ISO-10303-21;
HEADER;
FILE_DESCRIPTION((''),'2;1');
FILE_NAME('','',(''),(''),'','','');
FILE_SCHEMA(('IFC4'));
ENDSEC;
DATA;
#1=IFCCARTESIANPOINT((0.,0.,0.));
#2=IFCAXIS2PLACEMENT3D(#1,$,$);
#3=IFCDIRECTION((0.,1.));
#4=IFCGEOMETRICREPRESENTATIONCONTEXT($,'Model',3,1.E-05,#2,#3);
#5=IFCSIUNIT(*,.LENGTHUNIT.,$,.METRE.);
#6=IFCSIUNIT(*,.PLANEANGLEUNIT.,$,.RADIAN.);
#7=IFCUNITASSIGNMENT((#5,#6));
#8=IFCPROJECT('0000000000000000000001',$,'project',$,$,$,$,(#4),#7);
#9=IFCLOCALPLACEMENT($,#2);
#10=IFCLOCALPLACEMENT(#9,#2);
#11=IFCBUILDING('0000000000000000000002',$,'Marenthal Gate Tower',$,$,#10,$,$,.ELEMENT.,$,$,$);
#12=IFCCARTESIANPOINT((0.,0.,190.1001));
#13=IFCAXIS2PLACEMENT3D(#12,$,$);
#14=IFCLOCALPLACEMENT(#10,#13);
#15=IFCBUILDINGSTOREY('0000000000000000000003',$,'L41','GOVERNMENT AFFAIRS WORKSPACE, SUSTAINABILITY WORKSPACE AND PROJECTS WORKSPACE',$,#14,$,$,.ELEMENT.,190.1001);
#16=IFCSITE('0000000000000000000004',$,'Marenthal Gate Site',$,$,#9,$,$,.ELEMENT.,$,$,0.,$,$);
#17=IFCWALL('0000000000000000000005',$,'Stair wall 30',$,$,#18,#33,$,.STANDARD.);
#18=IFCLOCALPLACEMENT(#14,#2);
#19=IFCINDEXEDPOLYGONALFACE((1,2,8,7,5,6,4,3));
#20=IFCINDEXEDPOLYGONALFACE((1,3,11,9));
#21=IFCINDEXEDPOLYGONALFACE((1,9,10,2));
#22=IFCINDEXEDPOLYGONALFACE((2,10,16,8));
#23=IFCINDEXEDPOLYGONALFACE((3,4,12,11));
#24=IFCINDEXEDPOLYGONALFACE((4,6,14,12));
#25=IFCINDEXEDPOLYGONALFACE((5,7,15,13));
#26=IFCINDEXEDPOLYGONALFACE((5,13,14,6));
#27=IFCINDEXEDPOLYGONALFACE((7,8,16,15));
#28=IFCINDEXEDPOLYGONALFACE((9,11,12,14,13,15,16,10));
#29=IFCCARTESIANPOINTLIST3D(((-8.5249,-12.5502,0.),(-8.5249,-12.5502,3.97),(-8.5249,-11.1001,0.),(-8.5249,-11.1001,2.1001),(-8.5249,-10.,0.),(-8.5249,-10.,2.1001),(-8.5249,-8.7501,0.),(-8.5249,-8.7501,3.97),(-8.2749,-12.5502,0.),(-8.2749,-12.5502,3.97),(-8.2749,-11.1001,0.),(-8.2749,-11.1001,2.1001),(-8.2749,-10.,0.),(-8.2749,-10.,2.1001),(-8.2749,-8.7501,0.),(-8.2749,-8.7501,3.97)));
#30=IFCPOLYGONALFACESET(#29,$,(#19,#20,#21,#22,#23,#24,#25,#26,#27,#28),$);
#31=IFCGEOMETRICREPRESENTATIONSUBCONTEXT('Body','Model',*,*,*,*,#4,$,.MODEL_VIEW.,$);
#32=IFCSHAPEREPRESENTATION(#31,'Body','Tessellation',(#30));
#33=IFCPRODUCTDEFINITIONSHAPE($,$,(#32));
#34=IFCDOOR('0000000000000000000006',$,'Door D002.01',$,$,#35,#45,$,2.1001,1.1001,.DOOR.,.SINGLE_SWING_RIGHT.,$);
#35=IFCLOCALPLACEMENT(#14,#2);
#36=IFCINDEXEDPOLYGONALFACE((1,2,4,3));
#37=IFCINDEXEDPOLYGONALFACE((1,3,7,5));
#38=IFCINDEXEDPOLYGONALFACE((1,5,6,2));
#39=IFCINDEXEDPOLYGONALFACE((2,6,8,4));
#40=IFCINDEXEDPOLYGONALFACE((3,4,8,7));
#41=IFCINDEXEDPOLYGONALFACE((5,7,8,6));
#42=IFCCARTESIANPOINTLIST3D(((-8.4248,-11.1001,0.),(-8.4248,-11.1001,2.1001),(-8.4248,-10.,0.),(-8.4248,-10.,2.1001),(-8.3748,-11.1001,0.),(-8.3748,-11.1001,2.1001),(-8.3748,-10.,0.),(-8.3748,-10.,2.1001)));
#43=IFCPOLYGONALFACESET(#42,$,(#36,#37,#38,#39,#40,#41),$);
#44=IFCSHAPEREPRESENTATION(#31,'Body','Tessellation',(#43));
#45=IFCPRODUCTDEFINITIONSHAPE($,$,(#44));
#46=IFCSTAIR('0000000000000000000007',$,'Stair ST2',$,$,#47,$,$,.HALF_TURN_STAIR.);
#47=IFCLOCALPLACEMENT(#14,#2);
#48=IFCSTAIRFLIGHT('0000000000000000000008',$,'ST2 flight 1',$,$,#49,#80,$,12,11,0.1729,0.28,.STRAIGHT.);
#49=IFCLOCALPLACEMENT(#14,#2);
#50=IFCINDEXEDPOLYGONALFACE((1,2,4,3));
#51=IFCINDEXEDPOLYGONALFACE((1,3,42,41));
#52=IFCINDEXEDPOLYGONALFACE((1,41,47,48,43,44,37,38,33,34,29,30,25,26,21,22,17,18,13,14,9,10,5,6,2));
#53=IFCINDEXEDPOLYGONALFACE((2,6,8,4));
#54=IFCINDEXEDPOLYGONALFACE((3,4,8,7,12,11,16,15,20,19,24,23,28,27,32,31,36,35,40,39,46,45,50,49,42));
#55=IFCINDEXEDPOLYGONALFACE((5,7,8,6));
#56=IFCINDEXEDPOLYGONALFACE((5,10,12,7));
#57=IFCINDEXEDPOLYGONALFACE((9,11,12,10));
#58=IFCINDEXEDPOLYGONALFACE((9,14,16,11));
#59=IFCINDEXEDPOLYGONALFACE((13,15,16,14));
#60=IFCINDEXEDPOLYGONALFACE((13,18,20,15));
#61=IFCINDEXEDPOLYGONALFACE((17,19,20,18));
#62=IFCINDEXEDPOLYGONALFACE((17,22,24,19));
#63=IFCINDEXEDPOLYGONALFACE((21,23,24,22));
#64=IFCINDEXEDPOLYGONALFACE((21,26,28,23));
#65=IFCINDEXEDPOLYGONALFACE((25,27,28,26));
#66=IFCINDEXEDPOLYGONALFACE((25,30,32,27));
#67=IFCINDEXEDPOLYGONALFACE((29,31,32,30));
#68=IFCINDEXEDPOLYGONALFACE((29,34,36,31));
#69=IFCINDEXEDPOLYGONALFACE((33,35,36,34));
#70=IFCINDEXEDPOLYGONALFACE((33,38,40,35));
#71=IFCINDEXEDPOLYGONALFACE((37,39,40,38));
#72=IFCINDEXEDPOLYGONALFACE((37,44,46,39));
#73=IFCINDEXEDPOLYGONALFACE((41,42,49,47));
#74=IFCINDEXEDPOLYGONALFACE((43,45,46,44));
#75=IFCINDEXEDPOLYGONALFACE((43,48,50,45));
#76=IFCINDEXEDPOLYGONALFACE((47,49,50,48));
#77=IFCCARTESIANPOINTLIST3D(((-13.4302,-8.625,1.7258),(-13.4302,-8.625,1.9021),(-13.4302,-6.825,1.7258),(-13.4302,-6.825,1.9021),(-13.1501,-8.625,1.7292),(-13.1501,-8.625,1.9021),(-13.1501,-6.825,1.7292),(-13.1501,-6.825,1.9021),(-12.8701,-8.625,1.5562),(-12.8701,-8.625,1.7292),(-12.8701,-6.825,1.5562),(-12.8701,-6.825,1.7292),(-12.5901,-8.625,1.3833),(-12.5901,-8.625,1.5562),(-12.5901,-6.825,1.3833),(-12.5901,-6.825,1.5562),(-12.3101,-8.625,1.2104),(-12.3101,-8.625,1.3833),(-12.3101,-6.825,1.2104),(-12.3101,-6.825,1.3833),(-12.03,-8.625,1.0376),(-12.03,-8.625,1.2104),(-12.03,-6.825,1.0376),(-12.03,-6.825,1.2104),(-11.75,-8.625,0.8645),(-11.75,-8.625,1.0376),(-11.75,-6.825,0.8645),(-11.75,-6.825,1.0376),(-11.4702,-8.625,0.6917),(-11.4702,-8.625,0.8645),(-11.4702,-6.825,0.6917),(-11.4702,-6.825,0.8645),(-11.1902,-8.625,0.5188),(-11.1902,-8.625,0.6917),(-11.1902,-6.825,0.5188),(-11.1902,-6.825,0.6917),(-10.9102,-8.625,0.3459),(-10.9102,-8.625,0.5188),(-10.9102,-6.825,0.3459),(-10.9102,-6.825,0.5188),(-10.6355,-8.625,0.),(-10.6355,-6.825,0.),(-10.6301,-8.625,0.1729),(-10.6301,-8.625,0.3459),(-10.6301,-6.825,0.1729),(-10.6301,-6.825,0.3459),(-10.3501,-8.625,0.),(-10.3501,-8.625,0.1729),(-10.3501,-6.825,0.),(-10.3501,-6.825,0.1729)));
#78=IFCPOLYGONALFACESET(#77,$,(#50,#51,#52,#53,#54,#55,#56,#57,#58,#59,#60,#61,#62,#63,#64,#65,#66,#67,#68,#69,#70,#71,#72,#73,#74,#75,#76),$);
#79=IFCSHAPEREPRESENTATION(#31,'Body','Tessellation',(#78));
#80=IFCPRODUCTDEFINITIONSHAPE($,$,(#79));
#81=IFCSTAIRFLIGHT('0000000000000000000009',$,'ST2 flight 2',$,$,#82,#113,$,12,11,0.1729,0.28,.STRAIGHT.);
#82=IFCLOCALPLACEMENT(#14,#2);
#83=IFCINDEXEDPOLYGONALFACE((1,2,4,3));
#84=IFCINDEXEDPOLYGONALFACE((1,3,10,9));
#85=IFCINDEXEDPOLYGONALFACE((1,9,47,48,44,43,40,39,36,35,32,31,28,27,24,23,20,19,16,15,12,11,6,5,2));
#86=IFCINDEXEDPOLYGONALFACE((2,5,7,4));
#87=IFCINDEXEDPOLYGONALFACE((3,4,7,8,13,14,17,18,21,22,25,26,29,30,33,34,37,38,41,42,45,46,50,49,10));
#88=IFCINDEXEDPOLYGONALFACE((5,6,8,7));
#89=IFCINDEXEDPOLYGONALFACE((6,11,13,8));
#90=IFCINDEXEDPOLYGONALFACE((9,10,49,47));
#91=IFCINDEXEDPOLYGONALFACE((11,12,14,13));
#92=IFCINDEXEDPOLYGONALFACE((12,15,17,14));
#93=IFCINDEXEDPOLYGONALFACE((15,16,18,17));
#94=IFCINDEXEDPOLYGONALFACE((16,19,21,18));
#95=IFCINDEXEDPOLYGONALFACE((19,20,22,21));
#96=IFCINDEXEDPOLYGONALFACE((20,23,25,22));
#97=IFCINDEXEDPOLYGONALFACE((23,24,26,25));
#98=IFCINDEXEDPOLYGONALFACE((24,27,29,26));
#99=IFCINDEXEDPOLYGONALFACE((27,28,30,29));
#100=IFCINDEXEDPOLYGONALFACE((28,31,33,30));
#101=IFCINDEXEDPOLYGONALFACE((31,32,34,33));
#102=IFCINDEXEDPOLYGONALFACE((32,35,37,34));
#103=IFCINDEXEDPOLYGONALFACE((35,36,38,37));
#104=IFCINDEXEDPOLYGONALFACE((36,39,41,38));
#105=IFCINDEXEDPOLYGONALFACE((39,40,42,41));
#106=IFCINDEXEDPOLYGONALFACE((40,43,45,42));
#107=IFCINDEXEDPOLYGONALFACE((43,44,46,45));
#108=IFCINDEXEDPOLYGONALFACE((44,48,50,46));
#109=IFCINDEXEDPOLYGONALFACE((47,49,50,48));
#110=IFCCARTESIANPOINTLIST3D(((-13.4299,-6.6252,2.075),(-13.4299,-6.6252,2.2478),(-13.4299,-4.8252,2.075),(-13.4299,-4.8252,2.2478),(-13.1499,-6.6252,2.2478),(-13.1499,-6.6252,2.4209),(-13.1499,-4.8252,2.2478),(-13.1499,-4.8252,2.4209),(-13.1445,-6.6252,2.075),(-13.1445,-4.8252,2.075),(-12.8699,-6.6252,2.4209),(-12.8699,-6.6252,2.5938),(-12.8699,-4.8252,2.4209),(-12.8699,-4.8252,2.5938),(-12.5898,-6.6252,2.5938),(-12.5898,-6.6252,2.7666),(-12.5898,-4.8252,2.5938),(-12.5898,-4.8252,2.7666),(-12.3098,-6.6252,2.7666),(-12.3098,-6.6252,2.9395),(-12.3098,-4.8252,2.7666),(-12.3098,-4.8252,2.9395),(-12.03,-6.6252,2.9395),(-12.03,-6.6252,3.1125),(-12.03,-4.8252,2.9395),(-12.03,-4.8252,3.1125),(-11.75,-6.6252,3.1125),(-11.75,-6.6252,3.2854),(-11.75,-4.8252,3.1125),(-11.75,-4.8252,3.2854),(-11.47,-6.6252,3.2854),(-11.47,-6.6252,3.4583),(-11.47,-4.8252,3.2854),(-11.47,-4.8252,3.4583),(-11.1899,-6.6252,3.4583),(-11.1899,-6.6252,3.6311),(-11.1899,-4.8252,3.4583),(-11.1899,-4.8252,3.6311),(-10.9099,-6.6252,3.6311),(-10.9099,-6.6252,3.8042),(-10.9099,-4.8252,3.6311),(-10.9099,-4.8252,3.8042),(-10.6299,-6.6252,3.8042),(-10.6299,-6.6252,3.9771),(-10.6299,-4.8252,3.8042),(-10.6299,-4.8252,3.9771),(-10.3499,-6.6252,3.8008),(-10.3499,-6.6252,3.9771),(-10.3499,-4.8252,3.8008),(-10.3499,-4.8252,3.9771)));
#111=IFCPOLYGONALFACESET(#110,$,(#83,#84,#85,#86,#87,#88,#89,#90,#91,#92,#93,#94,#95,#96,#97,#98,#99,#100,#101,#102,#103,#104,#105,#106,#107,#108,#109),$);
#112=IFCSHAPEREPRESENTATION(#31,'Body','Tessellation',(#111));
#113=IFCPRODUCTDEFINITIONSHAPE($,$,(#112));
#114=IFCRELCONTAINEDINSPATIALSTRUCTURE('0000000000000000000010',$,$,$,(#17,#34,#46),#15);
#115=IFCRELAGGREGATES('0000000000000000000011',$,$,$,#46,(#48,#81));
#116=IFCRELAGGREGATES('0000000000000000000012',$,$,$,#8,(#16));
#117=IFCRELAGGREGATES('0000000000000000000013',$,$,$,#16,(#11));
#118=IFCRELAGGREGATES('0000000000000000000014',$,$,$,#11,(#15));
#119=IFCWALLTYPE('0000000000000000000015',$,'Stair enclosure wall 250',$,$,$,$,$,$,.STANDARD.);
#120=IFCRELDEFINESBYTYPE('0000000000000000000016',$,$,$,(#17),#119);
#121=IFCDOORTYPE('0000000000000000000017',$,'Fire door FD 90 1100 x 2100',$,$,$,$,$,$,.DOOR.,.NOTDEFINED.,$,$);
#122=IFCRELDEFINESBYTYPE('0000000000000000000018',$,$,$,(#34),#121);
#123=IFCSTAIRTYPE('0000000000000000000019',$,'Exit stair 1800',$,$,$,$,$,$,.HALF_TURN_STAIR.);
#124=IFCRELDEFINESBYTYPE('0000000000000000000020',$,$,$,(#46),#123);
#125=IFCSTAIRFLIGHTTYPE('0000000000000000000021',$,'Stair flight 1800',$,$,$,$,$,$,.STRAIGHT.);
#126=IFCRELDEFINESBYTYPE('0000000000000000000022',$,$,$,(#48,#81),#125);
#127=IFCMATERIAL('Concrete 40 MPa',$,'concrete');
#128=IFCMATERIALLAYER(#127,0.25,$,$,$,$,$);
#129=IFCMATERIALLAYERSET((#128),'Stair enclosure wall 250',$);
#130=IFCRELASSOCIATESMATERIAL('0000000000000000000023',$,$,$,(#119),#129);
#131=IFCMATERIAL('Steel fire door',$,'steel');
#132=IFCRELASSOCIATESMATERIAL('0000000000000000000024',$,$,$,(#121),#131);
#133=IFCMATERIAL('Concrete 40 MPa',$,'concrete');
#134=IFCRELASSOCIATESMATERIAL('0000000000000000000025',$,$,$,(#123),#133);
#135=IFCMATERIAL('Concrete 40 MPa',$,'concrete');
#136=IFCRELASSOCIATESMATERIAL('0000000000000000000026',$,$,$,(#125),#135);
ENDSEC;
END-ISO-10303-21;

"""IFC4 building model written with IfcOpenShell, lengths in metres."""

from ifc_helpers import new_model, si_unit, direction, frame, frame_2d, origin, place, context, subcontext, project, spatial, polyline, rectangle, outline, extrude, material, layer, layer_set, type_object, element, fill, aggregate, save


model = new_model("IFC4")

# Units and contexts
model_context = context("Model", 3, precision=1e-05, world=origin(), true_north=direction((0.0, 1.0)))
body_context = subcontext(model_context, "Body", "Model", "MODEL_VIEW")
ifc_project = project(units=[si_unit("LENGTHUNIT", "METRE"), si_unit("PLANEANGLEUNIT", "RADIAN")], contexts=[model_context])

# Site, building, storey
site_placement = place(None, origin())
site = spatial("IfcSite", under=ifc_project, at=site_placement, Name="Marenthal Gate Site", CompositionType="ELEMENT", RefElevation=0.0)
building_placement = place(site_placement, origin())
building = spatial("IfcBuilding", under=site, at=building_placement, Name="Marenthal Gate Tower", CompositionType="ELEMENT")
storey_placement = place(building_placement, frame((0.0, 0.0, 190.1001)))
storey = spatial("IfcBuildingStorey", under=building, at=storey_placement, Name="L41", Description="GOVERNMENT AFFAIRS WORKSPACE, SUSTAINABILITY WORKSPACE AND PROJECTS WORKSPACE", CompositionType="ELEMENT", Elevation=190.1001)

# Shared definitions
ifc_material_1 = material(Name="Concrete 40 MPa", Category="concrete")
ifc_layer_1 = layer(ifc_material_1, 0.25)
ifc_layer_set_1 = layer_set([ifc_layer_1], Name="Stair enclosure wall 250")
wall_type_1 = type_object("IfcWallType", Name="Stair enclosure wall 250", PredefinedType="STANDARD", material=ifc_layer_set_1)

# Wall, opening, door
wall_1_placement = place(storey_placement, frame((-8.3999, -12.55, 0.0), z_axis=(0.0, 0.0, 1.0), x_axis=(0.0, 1.0, 0.0)))
wall_1 = element("IfcWall", 1, at=wall_1_placement, inside=storey, type_object=wall_type_1, Name="Stair wall 30", PredefinedType="STANDARD", context=body_context, shape_type="SweptSolid", body=[
    extrude(rectangle(XDim=3.8, YDim=0.25, at=frame_2d((1.8999, 0.0))), origin(), (0.0, 0.0, 1.0), 3.97),
])
opening_1_placement = place(wall_1_placement, frame((1.45, 0.0, 0.0)))
opening_1 = element("IfcOpeningElement", 2, at=opening_1_placement, cuts=wall_1, PredefinedType="OPENING", context=body_context, shape_type="SweptSolid", body=[
    extrude(rectangle(XDim=1.1001, YDim=2.1001, at=frame_2d((0.55, 1.05))), frame((0.0, 0.135, 0.0), z_axis=(0.0, -1.0, 0.0), x_axis=(1.0, 0.0, 0.0)), (0.0, 0.0, 1.0), 0.27),
])
ifc_material_2 = material(Name="Steel fire door", Category="steel")
door_type_1 = type_object("IfcDoorType", Name="Fire door FD 90 1100 x 2100", OperationType="NOTDEFINED", PredefinedType="DOOR", material=ifc_material_2)
door_1_placement = place(opening_1_placement, origin())
door_1 = element("IfcDoor", 3, at=door_1_placement, inside=storey, type_object=door_type_1, Name="Door D002.01", OperationType="SINGLE_SWING_RIGHT", OverallHeight=2.1001, OverallWidth=1.1001, PredefinedType="DOOR", context=body_context, shape_type="SweptSolid", body=[
    extrude(rectangle(XDim=1.1001, YDim=2.1001, at=frame_2d((0.55, 1.05))), frame((0.0, 0.0249, 0.0), z_axis=(0.0, -1.0, 0.0), x_axis=(1.0, 0.0, 0.0)), (0.0, 0.0, 1.0), 0.05),
])
fill(opening_1, door_1)

# Stair, stair flights
ifc_material_3 = material(Name="Concrete 40 MPa", Category="concrete")
stair_type = type_object("IfcStairType", Name="Exit stair 1800", PredefinedType="HALF_TURN_STAIR", material=ifc_material_3)
stair_placement = place(storey_placement, origin())
stair = element("IfcStair", 4, at=stair_placement, inside=storey, type_object=stair_type, Name="Stair ST2", PredefinedType="HALF_TURN_STAIR")
ifc_material_4 = material(Name="Concrete 40 MPa", Category="concrete")
stair_flight_type = type_object("IfcStairFlightType", Name="Stair flight 1800", PredefinedType="STRAIGHT", material=ifc_material_4)
stair_flight_1_placement = place(storey_placement, frame((-10.3501, -7.7251, 0.0), z_axis=(0.0, 0.0, 1.0), x_axis=(-1.0, 0.0, 0.0)))
stair_flight_1 = element("IfcStairFlight", 5, at=stair_flight_1_placement, type_object=stair_flight_type, Name="ST2 flight 1", NumberOfRisers=12, NumberOfTreads=11, PredefinedType="STRAIGHT", RiserHeight=0.1729, TreadLength=0.28, context=body_context, shape_type="SweptSolid", body=[
    extrude(outline(polyline([(0.0, 0.0), (0.0, 0.1729), (0.28, 0.1729), (0.28, 0.3459), (0.5601, 0.3459), (0.5601, 0.5188), (0.8401, 0.5188), (0.8401, 0.6917), (1.1201, 0.6917), (1.1201, 0.8645), (1.3999, 0.8645), (1.3999, 1.0376), (1.6799, 1.0376), (1.6799, 1.2104), (1.96, 1.2104), (1.96, 1.3833), (2.24, 1.3833), (2.24, 1.5562), (2.52, 1.5562), (2.52, 1.7292), (2.8, 1.7292), (2.8, 1.9021), (3.0801, 1.9021), (3.0801, 2.075), (3.0801, 1.7258), (0.2854, 0.0), (0.0, 0.0)])), frame((0.0, 0.8999, 0.0), z_axis=(0.0, -1.0, 0.0), x_axis=(1.0, 0.0, 0.0)), (0.0, 0.0, 1.0), 1.8),
])
stair_flight_2_placement = place(storey_placement, frame((-13.4299, -5.7251, 2.075), z_axis=(0.0, 0.0, 1.0), x_axis=(1.0, 0.0, 0.0)))
stair_flight_2 = element("IfcStairFlight", 6, at=stair_flight_2_placement, type_object=stair_flight_type, Name="ST2 flight 2", NumberOfRisers=12, NumberOfTreads=11, PredefinedType="STRAIGHT", RiserHeight=0.1729, TreadLength=0.28, context=body_context, shape_type="SweptSolid", body=[
    extrude(outline(polyline([(0.0, 0.0), (0.0, 0.1729), (0.28, 0.1729), (0.28, 0.3459), (0.5601, 0.3459), (0.5601, 0.5188), (0.8401, 0.5188), (0.8401, 0.6917), (1.1201, 0.6917), (1.1201, 0.8645), (1.3999, 0.8645), (1.3999, 1.0376), (1.6799, 1.0376), (1.6799, 1.2104), (1.96, 1.2104), (1.96, 1.3833), (2.24, 1.3833), (2.24, 1.5562), (2.52, 1.5562), (2.52, 1.7292), (2.8, 1.7292), (2.8, 1.9021), (3.0801, 1.9021), (3.0801, 2.075), (3.0801, 1.7258), (0.2854, 0.0), (0.0, 0.0)])), frame((0.0, 0.8999, 0.0), z_axis=(0.0, -1.0, 0.0), x_axis=(1.0, 0.0, 0.0)), (0.0, 0.0, 1.0), 1.8),
])
aggregate(stair, [stair_flight_1, stair_flight_2])

save(model, "model.ifc")
